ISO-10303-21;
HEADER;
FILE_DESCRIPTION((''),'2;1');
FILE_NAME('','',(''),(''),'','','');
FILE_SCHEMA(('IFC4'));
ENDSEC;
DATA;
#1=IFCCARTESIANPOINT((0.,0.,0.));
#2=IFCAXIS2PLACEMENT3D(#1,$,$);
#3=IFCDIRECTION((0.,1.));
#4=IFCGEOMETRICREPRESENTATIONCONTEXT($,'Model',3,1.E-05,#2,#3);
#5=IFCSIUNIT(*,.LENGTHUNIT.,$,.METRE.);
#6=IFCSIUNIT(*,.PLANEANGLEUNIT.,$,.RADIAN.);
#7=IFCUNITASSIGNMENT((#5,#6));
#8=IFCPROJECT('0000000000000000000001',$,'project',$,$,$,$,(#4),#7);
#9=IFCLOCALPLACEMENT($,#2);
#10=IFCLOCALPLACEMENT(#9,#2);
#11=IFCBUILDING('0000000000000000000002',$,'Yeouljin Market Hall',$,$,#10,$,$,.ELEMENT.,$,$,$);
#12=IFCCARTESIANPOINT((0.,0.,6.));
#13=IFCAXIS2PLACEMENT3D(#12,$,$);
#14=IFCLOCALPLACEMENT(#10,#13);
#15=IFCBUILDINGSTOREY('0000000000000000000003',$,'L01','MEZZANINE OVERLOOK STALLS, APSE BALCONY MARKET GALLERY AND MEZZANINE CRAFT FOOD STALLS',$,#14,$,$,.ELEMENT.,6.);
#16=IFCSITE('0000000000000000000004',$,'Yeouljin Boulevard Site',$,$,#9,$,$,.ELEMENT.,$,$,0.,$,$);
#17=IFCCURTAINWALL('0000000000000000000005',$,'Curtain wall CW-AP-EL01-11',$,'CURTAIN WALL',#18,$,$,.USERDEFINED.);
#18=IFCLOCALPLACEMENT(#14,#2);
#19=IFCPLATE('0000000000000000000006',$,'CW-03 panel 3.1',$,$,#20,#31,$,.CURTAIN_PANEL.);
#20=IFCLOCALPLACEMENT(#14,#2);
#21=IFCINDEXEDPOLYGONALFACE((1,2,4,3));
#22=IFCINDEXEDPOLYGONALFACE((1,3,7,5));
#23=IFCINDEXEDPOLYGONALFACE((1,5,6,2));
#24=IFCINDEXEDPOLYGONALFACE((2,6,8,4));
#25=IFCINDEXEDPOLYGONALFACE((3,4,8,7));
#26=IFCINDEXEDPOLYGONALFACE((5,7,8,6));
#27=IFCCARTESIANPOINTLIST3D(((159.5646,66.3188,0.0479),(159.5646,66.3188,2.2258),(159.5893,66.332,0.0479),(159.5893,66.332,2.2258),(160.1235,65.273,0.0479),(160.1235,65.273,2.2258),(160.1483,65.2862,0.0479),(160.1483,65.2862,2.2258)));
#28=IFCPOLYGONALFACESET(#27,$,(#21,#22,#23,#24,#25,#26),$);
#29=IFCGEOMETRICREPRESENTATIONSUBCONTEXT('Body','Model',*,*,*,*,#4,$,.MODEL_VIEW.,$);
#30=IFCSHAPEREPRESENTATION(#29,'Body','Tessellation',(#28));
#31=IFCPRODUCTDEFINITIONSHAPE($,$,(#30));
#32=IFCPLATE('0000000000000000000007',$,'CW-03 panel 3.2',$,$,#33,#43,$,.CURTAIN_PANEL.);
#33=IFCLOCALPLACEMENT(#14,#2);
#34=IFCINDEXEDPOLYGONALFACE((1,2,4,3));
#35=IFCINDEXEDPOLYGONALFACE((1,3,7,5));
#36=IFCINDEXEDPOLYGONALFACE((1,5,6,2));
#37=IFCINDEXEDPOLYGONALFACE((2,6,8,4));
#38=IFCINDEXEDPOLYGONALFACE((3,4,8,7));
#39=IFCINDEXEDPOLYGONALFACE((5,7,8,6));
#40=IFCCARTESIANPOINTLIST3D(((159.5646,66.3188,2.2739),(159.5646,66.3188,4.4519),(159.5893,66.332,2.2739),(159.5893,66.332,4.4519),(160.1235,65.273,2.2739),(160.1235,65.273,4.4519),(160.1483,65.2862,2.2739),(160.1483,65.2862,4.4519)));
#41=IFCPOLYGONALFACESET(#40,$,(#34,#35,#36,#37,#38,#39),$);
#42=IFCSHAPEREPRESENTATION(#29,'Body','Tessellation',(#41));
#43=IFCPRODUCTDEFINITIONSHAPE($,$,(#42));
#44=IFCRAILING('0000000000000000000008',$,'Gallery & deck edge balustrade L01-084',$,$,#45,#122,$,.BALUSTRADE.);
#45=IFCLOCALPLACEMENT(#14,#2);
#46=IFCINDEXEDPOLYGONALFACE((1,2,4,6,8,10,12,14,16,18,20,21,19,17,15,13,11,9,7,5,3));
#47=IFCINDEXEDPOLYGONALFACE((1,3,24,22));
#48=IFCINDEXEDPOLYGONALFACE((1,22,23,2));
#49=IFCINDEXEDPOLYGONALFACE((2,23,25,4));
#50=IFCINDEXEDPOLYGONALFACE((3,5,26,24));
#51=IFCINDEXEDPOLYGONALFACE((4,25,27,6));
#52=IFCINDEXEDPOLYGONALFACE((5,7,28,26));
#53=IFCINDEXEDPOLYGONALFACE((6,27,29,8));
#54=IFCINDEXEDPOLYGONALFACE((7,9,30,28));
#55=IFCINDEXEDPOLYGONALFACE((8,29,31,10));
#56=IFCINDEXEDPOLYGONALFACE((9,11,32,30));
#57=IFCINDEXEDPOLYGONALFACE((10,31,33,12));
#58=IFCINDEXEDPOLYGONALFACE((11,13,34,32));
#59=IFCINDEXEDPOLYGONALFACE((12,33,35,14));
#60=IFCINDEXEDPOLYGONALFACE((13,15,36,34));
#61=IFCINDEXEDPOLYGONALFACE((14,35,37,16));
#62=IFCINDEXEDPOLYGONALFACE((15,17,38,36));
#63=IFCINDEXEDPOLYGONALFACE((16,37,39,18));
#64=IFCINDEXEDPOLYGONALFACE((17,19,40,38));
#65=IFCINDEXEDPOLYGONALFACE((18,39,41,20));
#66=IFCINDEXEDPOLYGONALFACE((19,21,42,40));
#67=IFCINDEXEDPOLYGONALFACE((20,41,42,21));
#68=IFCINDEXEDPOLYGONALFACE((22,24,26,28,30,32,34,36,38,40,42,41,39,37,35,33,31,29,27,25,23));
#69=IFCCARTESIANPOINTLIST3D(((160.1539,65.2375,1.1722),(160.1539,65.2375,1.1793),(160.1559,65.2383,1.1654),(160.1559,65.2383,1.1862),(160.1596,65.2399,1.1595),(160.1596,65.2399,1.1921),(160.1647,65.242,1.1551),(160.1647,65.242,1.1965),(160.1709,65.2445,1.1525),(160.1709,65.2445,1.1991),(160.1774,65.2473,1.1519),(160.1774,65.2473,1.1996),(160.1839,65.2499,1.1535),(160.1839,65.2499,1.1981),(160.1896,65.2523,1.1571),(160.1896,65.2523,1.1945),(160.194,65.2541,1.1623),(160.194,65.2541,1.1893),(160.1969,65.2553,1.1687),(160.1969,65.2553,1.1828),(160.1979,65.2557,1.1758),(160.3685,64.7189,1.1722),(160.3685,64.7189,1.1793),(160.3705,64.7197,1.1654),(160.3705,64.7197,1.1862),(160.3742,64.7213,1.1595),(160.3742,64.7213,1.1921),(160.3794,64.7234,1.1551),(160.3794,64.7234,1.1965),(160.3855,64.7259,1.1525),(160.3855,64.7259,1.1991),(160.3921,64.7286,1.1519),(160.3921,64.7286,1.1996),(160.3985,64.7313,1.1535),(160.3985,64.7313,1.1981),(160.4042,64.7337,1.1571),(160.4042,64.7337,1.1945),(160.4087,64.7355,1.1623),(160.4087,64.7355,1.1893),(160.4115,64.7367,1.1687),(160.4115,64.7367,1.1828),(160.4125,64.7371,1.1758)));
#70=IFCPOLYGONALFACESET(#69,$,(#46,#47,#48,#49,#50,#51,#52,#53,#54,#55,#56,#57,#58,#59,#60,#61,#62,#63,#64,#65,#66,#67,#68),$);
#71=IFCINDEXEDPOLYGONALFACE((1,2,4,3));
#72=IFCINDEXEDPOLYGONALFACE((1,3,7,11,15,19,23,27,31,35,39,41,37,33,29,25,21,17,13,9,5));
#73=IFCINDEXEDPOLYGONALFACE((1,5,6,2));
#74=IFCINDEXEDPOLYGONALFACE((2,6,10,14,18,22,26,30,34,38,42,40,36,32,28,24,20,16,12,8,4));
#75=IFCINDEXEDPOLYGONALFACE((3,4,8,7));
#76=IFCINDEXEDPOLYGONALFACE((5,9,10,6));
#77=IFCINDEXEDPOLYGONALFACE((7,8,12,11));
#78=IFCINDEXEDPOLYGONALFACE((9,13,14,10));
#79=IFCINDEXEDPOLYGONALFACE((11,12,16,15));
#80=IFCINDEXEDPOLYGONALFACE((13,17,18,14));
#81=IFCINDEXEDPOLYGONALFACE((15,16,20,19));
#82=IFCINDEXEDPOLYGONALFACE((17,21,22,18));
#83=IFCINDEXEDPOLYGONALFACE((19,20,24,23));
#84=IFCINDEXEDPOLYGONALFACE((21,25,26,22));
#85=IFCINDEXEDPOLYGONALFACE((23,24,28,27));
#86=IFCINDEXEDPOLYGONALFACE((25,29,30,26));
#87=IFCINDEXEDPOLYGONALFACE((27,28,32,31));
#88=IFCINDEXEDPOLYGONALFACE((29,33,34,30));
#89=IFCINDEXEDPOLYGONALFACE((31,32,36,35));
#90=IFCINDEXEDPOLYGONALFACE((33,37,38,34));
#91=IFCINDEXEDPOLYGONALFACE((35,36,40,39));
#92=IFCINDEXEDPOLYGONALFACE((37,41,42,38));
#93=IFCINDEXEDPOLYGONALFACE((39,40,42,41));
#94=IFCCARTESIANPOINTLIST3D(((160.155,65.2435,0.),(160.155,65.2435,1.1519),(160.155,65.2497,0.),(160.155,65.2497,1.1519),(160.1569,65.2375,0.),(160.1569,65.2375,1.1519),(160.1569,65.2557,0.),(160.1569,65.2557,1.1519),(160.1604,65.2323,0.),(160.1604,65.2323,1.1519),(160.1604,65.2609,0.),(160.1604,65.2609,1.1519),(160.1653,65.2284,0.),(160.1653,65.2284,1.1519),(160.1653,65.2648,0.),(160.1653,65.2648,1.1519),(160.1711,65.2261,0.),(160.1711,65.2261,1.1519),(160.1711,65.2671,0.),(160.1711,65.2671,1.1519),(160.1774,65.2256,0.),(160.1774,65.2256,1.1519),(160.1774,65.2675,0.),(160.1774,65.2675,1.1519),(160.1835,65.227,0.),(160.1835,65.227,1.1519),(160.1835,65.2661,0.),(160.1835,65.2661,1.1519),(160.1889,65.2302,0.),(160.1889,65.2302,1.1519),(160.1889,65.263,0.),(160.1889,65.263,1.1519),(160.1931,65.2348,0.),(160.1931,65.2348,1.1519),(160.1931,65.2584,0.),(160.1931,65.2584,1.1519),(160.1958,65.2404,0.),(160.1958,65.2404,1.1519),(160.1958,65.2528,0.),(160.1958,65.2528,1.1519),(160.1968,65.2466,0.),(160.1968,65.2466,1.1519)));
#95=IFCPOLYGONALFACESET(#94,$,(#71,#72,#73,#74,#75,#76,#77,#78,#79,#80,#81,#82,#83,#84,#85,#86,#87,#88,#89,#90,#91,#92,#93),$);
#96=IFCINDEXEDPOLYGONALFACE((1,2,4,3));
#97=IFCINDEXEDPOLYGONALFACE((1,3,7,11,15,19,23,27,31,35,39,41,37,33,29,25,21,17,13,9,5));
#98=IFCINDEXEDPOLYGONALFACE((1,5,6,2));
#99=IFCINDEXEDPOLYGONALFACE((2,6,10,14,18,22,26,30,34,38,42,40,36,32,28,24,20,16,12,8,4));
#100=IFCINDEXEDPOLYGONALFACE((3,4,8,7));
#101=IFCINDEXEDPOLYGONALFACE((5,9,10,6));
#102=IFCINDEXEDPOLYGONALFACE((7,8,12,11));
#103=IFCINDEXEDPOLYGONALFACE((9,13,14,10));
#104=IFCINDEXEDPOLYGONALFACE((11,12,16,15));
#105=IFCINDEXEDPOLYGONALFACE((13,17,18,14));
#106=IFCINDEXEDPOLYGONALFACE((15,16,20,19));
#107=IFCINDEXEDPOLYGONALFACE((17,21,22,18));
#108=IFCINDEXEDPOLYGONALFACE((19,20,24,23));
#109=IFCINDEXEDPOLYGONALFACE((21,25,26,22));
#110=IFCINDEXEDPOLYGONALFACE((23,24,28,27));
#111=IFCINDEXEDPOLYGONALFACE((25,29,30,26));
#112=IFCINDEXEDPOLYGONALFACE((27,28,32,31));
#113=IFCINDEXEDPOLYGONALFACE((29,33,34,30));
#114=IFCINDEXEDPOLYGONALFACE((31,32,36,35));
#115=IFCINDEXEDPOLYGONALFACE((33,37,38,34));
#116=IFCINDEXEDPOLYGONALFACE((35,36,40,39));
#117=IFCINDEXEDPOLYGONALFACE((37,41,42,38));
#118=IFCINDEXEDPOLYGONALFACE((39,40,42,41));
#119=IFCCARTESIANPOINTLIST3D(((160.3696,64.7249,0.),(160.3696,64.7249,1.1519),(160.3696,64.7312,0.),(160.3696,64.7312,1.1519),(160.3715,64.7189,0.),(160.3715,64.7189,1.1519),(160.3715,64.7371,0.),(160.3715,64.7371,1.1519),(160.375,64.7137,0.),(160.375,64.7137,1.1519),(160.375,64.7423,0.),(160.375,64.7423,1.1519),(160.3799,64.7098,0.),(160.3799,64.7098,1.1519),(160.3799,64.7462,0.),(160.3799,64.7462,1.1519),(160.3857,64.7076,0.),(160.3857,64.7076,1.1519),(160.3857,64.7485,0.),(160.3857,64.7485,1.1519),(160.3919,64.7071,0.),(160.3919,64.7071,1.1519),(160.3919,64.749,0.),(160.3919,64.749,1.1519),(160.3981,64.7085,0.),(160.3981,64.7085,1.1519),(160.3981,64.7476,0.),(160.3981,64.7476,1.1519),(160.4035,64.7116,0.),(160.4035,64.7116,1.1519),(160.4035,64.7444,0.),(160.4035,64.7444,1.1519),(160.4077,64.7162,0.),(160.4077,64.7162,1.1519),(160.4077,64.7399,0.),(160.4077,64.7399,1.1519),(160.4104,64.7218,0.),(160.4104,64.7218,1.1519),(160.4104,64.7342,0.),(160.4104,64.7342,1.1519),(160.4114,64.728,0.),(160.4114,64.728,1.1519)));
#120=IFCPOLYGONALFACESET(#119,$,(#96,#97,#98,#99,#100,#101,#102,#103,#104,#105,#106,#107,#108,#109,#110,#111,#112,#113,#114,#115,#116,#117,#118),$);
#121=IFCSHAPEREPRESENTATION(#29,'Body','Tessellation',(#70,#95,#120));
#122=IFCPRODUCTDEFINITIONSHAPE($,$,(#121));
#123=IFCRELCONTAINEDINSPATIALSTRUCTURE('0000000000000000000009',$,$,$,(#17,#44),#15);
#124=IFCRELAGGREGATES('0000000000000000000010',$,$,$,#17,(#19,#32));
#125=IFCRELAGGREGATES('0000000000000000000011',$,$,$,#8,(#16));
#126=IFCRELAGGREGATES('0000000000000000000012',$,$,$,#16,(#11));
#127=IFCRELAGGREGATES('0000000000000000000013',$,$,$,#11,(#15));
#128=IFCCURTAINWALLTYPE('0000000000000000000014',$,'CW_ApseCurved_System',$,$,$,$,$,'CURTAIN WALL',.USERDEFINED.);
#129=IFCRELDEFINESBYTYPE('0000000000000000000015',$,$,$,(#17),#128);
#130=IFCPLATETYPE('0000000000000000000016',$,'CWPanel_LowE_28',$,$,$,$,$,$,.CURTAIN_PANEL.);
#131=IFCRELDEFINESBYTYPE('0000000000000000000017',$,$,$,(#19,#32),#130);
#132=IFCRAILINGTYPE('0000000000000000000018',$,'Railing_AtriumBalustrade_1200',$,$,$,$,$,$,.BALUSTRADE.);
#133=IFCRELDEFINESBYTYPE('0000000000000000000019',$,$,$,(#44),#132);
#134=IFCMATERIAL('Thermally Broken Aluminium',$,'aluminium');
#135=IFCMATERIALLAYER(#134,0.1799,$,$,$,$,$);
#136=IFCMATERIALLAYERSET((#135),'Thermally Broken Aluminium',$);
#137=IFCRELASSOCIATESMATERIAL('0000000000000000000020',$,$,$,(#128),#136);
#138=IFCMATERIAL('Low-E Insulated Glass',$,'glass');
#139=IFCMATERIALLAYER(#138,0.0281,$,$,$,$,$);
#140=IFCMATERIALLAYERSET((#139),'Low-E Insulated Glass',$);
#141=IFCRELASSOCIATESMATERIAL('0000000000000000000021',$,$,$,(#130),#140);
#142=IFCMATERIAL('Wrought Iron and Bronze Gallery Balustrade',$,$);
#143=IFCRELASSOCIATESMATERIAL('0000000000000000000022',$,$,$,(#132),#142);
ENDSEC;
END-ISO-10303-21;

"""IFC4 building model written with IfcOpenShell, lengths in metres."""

from ifc_helpers import new_model, si_unit, direction, frame, origin, origin_2d, place, context, subcontext, project, spatial, rectangle, circle, extrude, material, layer, layer_set, type_object, element, aggregate, save


model = new_model("IFC4")

# Units and contexts
model_context = context("Model", 3, precision=1e-05, world=origin(), true_north=direction((0.0, 1.0)))
body_context = subcontext(model_context, "Body", "Model", "MODEL_VIEW")
ifc_project = project(units=[si_unit("LENGTHUNIT", "METRE"), si_unit("PLANEANGLEUNIT", "RADIAN")], contexts=[model_context])

# Site, building, storey
site_placement = place(None, origin())
site = spatial("IfcSite", under=ifc_project, at=site_placement, Name="Yeouljin Boulevard Site", CompositionType="ELEMENT", RefElevation=0.0)
building_placement = place(site_placement, origin())
building = spatial("IfcBuilding", under=site, at=building_placement, Name="Yeouljin Market Hall", CompositionType="ELEMENT")
storey_placement = place(building_placement, frame((0.0, 0.0, 6.0)))
storey = spatial("IfcBuildingStorey", under=building, at=storey_placement, Name="L01", Description="MEZZANINE OVERLOOK STALLS, APSE BALCONY MARKET GALLERY AND MEZZANINE CRAFT FOOD STALLS", CompositionType="ELEMENT", Elevation=6.0)

# Shared definitions
ifc_material_1 = material(Name="Thermally Broken Aluminium", Category="aluminium")
ifc_layer_1 = layer(ifc_material_1, 0.1799)
ifc_layer_set_1 = layer_set([ifc_layer_1], Name="Thermally Broken Aluminium")
curtain_wall_type = type_object("IfcCurtainWallType", Name="CW_ApseCurved_System", ElementType="CURTAIN WALL", PredefinedType="USERDEFINED", material=ifc_layer_set_1)

# Curtain wall
curtain_wall_1_placement = place(storey_placement, origin())
curtain_wall_1 = element("IfcCurtainWall", 1, at=curtain_wall_1_placement, inside=storey, type_object=curtain_wall_type, Name="Curtain wall CW-AP-EL01-11", ObjectType="CURTAIN WALL", PredefinedType="USERDEFINED")

# Plates
ifc_material_2 = material(Name="Low-E Insulated Glass", Category="glass")
ifc_layer_2 = layer(ifc_material_2, 0.0281)
ifc_layer_set_2 = layer_set([ifc_layer_2], Name="Low-E Insulated Glass")
plate_type = type_object("IfcPlateType", Name="CWPanel_LowE_28", PredefinedType="CURTAIN_PANEL", material=ifc_layer_set_2)
plate_1_placement = place(storey_placement, frame((159.8564, 65.8025, 0.0479), z_axis=(0.0, 0.0, 1.0), x_axis=(0.471378, -0.881931, 0.0)))
plate_1 = element("IfcPlate", 2, at=plate_1_placement, type_object=plate_type, Name="CW-03 panel 3.1", PredefinedType="CURTAIN_PANEL", context=body_context, shape_type="SweptSolid", body=[
    extrude(rectangle(XDim=1.1858, YDim=0.0281, at=origin_2d()), origin(), (0.0, 0.0, 1.0), 2.178),
])
plate_2_placement = place(storey_placement, frame((159.8564, 65.8025, 2.2739), z_axis=(0.0, 0.0, 1.0), x_axis=(0.471378, -0.881931, 0.0)))
plate_2 = element("IfcPlate", 3, at=plate_2_placement, type_object=plate_type, Name="CW-03 panel 3.2", PredefinedType="CURTAIN_PANEL", context=body_context, shape_type="SweptSolid", body=[
    extrude(rectangle(XDim=1.1858, YDim=0.0281, at=origin_2d()), origin(), (0.0, 0.0, 1.0), 2.178),
])
aggregate(curtain_wall_1, [plate_1, plate_2])

# Railing
ifc_material_3 = material(Name="Wrought Iron and Bronze Gallery Balustrade")
railing_type = type_object("IfcRailingType", Name="Railing_AtriumBalustrade_1200", PredefinedType="BALUSTRADE", material=ifc_material_3)
railing_placement = place(storey_placement, frame((160.1758, 65.2466, 0.0)))
element("IfcRailing", 4, at=railing_placement, inside=storey, type_object=railing_type, Name="Gallery & deck edge balustrade L01-084", PredefinedType="BALUSTRADE", context=body_context, shape_type="SweptSolid", body=[
    extrude(circle(Radius=0.0239, at=origin_2d()), frame((0.0, 0.0, 1.1758), z_axis=(0.38239, -0.924001, 0.0), x_axis=(0.924001, 0.38239, 0.0)), (0.0, 0.0, 1.0), 0.5613),
    extrude(circle(Radius=0.021, at=origin_2d()), origin(), (0.0, 0.0, 1.0), 1.1519),
    extrude(circle(Radius=0.021, at=origin_2d()), frame((0.2146, -0.5186, 0.0)), (0.0, 0.0, 1.0), 1.1519),
])

save(model, "model.ifc")
